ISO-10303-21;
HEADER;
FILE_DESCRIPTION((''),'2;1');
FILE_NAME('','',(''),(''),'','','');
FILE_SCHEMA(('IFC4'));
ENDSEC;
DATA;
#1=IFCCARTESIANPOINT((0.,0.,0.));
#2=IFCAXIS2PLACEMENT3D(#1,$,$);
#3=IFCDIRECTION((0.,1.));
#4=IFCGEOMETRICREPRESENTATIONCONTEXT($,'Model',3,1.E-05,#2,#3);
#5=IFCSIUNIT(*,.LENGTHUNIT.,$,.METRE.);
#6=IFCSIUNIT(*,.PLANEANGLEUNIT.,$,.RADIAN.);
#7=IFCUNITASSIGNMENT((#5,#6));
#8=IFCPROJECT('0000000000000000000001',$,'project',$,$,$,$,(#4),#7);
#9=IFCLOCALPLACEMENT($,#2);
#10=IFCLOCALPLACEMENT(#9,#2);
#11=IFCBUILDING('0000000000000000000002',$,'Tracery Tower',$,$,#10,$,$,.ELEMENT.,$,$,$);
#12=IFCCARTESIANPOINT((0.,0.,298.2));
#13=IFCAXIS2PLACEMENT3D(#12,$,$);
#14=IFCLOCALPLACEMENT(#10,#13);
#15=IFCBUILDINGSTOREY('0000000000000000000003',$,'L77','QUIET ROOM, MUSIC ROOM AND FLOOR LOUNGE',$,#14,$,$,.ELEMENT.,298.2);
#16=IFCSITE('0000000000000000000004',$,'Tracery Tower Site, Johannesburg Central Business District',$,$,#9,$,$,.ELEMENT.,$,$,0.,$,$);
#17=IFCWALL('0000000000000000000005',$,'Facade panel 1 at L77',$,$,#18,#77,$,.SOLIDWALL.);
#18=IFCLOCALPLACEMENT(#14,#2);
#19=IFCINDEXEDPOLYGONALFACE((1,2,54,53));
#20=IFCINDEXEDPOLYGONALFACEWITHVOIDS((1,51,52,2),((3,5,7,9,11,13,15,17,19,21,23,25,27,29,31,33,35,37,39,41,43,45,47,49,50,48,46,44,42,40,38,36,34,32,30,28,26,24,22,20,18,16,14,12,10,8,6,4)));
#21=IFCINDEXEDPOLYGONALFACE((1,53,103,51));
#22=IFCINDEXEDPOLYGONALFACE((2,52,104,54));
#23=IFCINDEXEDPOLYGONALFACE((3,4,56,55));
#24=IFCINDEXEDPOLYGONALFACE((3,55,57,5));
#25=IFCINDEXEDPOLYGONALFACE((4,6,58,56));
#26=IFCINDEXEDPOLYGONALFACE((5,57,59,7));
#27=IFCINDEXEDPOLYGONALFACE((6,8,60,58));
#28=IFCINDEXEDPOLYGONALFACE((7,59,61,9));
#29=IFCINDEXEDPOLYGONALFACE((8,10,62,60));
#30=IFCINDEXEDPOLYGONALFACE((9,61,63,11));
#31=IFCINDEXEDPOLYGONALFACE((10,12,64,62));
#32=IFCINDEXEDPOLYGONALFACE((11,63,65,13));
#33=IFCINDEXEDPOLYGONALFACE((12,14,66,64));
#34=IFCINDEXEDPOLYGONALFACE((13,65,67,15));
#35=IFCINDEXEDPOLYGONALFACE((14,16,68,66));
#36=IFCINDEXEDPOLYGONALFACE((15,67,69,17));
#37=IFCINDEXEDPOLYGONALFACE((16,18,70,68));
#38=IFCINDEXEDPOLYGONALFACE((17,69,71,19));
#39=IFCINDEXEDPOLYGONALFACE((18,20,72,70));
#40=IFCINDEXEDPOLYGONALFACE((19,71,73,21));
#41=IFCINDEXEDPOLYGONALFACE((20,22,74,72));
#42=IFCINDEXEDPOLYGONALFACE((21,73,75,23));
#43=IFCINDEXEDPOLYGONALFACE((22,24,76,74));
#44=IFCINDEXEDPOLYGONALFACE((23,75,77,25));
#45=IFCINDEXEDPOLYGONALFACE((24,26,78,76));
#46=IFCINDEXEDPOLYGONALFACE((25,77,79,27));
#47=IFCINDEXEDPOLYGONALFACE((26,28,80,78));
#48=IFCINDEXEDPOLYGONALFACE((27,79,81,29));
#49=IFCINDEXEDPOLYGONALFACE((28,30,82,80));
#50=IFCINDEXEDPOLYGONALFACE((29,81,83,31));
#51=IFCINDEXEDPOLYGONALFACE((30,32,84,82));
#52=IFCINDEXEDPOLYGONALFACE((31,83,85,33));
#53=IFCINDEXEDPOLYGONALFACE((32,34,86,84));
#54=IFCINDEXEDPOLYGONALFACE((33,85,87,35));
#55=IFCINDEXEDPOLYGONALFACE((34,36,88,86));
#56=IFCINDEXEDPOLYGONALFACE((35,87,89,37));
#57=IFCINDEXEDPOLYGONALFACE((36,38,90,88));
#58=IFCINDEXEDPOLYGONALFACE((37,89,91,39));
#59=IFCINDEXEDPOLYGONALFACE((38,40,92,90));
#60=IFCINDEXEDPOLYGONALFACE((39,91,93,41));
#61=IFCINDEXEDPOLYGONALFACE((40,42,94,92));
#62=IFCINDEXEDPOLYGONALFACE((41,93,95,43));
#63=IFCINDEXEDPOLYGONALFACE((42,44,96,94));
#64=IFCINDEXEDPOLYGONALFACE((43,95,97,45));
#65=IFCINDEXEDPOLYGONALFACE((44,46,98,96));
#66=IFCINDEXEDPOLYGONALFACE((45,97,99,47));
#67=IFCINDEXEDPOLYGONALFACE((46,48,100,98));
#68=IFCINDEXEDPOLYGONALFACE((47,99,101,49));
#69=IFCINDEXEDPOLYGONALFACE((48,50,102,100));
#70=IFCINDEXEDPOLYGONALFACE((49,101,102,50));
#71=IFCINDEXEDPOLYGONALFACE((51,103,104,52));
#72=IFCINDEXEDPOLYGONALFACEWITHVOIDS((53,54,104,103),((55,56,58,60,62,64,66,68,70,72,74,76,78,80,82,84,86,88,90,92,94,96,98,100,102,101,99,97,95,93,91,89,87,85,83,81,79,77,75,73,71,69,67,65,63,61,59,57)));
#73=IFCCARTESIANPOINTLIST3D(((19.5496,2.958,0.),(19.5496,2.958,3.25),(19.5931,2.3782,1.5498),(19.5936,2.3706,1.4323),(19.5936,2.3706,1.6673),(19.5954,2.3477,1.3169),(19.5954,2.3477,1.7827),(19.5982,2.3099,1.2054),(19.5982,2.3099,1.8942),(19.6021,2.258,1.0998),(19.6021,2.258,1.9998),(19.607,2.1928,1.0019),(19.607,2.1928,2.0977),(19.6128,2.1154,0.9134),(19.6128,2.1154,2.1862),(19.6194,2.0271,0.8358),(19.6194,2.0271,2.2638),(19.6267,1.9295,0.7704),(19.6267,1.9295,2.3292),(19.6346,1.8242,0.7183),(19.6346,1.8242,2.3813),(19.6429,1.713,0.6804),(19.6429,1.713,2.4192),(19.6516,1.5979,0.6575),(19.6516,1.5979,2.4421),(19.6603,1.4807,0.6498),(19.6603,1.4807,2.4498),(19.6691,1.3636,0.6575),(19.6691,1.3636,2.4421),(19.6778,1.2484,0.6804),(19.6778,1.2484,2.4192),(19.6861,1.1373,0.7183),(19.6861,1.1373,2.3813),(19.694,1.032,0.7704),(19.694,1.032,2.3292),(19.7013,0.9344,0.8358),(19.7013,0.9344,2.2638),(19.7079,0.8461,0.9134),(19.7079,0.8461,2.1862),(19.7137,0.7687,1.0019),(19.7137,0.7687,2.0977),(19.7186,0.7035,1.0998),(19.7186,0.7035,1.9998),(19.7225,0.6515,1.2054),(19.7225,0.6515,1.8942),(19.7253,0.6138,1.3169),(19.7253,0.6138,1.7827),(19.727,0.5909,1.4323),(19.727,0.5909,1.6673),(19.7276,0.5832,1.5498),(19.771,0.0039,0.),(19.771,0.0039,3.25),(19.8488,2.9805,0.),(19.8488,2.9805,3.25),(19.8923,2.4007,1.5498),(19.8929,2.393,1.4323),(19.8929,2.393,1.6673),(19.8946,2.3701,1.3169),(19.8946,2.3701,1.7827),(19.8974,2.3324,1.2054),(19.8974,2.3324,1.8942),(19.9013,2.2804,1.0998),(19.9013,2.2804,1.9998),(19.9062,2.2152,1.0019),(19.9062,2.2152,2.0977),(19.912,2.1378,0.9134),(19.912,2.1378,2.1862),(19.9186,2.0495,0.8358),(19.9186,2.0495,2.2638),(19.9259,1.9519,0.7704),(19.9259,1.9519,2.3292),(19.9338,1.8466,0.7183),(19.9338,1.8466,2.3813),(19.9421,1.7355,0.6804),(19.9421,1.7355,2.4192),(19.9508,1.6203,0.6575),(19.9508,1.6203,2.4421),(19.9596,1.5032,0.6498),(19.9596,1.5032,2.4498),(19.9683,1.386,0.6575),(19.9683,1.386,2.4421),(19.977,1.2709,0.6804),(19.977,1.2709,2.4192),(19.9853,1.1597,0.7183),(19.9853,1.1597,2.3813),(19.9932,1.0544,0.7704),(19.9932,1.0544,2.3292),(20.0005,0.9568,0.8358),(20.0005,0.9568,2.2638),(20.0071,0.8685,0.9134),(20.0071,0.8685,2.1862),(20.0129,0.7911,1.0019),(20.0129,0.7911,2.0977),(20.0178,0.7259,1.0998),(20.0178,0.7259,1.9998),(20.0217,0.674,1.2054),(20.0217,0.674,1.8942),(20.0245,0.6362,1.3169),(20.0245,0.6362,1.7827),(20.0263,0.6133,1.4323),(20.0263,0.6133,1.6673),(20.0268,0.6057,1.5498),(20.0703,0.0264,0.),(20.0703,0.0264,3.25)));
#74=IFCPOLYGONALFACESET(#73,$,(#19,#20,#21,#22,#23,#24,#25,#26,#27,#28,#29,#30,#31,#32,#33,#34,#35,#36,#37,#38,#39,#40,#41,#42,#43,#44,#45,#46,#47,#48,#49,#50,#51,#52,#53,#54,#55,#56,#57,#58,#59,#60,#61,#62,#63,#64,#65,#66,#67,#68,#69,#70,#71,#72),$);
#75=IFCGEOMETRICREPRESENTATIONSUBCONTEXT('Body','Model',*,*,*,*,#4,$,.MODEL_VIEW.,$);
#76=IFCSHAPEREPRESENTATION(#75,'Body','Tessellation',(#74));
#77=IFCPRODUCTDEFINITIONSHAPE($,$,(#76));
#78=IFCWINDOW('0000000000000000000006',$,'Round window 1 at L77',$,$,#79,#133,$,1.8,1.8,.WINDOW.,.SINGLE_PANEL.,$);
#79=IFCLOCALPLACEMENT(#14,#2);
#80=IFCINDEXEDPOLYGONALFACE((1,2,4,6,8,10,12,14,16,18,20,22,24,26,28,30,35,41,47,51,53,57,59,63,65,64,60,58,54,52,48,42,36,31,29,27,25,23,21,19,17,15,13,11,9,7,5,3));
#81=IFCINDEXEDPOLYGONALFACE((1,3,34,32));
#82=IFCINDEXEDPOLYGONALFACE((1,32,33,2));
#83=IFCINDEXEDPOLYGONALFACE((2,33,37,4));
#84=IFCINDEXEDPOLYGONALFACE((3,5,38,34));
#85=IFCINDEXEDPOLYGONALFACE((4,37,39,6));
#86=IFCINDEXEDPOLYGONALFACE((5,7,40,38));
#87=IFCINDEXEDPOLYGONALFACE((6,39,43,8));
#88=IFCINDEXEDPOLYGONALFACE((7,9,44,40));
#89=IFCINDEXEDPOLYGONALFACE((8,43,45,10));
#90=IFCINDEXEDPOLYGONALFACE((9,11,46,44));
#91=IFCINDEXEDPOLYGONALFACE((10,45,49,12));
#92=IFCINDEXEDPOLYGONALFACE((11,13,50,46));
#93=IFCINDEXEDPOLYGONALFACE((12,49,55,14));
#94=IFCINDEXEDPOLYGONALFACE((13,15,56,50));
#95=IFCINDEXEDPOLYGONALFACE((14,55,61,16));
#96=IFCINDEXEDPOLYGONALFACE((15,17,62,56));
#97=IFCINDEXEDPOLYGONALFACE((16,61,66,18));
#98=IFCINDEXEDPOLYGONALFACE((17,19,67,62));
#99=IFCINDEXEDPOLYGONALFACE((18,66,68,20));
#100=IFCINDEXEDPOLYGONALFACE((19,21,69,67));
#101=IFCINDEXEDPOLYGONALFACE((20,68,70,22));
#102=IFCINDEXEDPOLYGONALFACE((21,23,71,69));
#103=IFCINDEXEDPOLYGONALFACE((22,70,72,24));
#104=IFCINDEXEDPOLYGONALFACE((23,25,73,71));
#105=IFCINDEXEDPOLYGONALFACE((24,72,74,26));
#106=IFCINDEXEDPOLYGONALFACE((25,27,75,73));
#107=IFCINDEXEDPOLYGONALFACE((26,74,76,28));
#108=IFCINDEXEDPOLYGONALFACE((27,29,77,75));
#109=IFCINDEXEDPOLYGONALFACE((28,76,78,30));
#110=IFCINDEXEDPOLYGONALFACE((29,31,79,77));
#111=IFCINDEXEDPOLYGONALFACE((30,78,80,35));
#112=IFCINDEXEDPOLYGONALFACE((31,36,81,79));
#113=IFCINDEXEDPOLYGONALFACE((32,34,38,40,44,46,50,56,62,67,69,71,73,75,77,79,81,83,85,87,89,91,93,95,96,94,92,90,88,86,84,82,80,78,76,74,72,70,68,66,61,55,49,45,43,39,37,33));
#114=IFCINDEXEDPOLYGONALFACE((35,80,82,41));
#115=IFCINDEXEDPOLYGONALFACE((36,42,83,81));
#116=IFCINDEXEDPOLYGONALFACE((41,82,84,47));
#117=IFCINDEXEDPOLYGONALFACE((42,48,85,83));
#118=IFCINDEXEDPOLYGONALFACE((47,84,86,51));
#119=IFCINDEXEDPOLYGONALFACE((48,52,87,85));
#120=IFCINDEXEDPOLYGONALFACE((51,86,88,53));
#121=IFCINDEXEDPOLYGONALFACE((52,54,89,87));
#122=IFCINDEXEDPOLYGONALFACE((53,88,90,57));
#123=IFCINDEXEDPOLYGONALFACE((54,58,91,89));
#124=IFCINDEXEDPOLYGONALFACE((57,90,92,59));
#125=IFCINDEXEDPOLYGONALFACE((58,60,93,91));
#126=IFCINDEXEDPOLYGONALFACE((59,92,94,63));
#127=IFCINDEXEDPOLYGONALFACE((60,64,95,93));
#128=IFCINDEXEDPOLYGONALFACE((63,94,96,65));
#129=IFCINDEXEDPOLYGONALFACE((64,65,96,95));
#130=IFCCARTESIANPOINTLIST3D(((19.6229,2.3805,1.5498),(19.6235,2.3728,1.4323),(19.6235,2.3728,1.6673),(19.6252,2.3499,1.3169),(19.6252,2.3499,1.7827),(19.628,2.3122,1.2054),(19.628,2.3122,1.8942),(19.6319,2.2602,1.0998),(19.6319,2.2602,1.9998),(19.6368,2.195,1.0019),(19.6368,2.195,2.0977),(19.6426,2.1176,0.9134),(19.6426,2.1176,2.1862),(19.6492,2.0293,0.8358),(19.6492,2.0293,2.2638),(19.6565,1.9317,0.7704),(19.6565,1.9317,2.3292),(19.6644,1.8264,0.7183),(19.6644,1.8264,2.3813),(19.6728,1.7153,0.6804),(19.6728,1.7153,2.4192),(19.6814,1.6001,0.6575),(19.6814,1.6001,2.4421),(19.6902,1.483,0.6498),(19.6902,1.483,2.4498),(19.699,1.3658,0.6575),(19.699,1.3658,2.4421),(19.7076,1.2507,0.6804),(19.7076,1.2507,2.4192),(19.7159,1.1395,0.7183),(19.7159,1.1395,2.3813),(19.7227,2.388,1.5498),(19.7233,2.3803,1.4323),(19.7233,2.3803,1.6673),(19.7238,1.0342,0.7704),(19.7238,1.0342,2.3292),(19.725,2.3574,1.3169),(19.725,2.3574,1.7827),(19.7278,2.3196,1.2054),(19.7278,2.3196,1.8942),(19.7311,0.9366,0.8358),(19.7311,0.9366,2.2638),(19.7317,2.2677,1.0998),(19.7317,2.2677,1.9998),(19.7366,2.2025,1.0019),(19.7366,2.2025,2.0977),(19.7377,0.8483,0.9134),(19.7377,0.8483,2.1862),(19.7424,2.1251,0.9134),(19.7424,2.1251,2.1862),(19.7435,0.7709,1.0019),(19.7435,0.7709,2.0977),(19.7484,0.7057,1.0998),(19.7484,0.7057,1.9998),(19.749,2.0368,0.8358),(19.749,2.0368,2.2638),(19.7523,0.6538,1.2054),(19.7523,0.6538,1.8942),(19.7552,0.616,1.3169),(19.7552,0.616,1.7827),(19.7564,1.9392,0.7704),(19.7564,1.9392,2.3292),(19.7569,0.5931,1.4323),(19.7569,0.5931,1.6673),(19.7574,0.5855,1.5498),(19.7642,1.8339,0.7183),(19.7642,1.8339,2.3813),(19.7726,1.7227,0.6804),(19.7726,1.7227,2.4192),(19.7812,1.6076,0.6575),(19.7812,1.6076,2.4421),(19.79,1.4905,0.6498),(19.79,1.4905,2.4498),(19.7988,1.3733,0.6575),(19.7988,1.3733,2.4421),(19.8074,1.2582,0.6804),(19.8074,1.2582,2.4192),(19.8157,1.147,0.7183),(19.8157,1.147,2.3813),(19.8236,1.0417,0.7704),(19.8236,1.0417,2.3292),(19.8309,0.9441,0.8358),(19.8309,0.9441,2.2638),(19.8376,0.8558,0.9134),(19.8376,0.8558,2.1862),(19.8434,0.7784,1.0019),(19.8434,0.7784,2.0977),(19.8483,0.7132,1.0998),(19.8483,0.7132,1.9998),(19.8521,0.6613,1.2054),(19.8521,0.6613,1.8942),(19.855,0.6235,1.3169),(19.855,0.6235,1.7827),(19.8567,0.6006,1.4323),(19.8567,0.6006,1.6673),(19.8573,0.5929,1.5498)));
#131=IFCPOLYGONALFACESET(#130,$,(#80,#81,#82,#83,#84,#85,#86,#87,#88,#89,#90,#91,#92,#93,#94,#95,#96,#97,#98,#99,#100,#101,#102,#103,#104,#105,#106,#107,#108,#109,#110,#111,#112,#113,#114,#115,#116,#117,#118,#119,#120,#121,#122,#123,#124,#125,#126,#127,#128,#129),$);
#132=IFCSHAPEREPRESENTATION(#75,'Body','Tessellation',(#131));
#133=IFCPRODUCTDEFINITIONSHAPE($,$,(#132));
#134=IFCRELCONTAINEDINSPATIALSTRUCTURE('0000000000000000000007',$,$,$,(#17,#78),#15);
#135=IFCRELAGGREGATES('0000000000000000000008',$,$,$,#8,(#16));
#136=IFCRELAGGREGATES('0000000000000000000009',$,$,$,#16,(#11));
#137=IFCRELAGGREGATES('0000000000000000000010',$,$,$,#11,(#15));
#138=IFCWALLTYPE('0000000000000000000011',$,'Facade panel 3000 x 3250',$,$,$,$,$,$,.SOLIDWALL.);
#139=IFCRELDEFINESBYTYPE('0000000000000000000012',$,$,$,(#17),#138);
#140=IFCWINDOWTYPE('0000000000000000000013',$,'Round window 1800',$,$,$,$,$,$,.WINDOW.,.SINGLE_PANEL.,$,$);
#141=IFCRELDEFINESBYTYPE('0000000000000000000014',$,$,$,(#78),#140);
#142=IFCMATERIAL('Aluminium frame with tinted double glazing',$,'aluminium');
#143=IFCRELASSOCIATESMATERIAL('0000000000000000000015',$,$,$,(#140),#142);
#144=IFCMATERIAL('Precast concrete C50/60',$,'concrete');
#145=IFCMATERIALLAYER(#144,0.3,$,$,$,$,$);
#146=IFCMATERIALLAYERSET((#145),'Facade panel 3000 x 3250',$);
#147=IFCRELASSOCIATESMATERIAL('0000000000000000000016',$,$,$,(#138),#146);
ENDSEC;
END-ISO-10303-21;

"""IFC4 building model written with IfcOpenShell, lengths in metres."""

from ifc_helpers import new_model, si_unit, direction, frame, frame_2d, origin, origin_2d, place, context, subcontext, project, spatial, rectangle, circle, extrude, material, layer, layer_set, type_object, element, fill, save


model = new_model("IFC4")

# Units and contexts
model_context = context("Model", 3, precision=1e-05, world=origin(), true_north=direction((0.0, 1.0)))
body_context = subcontext(model_context, "Body", "Model", "MODEL_VIEW")
ifc_project = project(units=[si_unit("LENGTHUNIT", "METRE"), si_unit("PLANEANGLEUNIT", "RADIAN")], contexts=[model_context])

# Site, building, storey
site_placement = place(None, origin())
site = spatial("IfcSite", under=ifc_project, at=site_placement, Name="Tracery Tower Site, Johannesburg Central Business District", CompositionType="ELEMENT", RefElevation=0.0)
building_placement = place(site_placement, origin())
building = spatial("IfcBuilding", under=site, at=building_placement, Name="Tracery Tower", CompositionType="ELEMENT")
storey_placement = place(building_placement, frame((0.0, 0.0, 298.2)))
storey = spatial("IfcBuildingStorey", under=building, at=storey_placement, Name="L77", Description="QUIET ROOM, MUSIC ROOM AND FLOOR LOUNGE", CompositionType="ELEMENT", Elevation=298.2)

# Wall, opening, window
ifc_material_1 = material(Name="Aluminium frame with tinted double glazing", Category="aluminium")
window_type = type_object("IfcWindowType", Name="Round window 1800", PartitioningType="SINGLE_PANEL", PredefinedType="WINDOW", material=ifc_material_1)
ifc_material_2 = material(Name="Precast concrete C50/60", Category="concrete")
ifc_layer_1 = layer(ifc_material_2, 0.3)
ifc_layer_set_1 = layer_set([ifc_layer_1], Name="Facade panel 3000 x 3250")
wall_type_1 = type_object("IfcWallType", Name="Facade panel 3000 x 3250", PredefinedType="SOLIDWALL", material=ifc_layer_set_1)
wall_1_placement = place(storey_placement, frame((19.9207, 0.0151, 0.0), z_axis=(0.0, 0.0, 1.0), x_axis=(-0.074749, 0.997202, 0.0)))
wall_1 = element("IfcWall", 1, at=wall_1_placement, inside=storey, type_object=wall_type_1, Name="Facade panel 1 at L77", PredefinedType="SOLIDWALL", context=body_context, shape_type="SweptSolid", body=[
    extrude(rectangle(XDim=2.9624, YDim=0.3, at=frame_2d((1.4812, 0.0))), origin(), (0.0, 0.0, 1.0), 3.25),
])
opening_1_placement = place(wall_1_placement, frame((1.481, 0.0, 1.5498)))
opening_1 = element("IfcOpeningElement", 2, at=opening_1_placement, cuts=wall_1, PredefinedType="OPENING", context=body_context, shape_type="SweptSolid", body=[
    extrude(circle(Radius=0.9, at=origin_2d()), frame((0.0, 0.1599, 0.0), z_axis=(0.0, -1.0, 0.0), x_axis=(1.0, 0.0, 0.0)), (0.0, 0.0, 1.0), 0.3201),
])
window_1_placement = place(opening_1_placement, origin())
window_1 = element("IfcWindow", 3, at=window_1_placement, inside=storey, type_object=window_type, Name="Round window 1 at L77", OverallHeight=1.8, OverallWidth=1.8, PartitioningType="SINGLE_PANEL", PredefinedType="WINDOW", context=body_context, shape_type="SweptSolid", body=[
    extrude(circle(Radius=0.9, at=origin_2d()), frame((0.0, 0.1201, 0.0), z_axis=(0.0, -1.0, 0.0), x_axis=(1.0, 0.0, 0.0)), (0.0, 0.0, 1.0), 0.1001),
])
fill(opening_1, window_1)

save(model, "model.ifc")
